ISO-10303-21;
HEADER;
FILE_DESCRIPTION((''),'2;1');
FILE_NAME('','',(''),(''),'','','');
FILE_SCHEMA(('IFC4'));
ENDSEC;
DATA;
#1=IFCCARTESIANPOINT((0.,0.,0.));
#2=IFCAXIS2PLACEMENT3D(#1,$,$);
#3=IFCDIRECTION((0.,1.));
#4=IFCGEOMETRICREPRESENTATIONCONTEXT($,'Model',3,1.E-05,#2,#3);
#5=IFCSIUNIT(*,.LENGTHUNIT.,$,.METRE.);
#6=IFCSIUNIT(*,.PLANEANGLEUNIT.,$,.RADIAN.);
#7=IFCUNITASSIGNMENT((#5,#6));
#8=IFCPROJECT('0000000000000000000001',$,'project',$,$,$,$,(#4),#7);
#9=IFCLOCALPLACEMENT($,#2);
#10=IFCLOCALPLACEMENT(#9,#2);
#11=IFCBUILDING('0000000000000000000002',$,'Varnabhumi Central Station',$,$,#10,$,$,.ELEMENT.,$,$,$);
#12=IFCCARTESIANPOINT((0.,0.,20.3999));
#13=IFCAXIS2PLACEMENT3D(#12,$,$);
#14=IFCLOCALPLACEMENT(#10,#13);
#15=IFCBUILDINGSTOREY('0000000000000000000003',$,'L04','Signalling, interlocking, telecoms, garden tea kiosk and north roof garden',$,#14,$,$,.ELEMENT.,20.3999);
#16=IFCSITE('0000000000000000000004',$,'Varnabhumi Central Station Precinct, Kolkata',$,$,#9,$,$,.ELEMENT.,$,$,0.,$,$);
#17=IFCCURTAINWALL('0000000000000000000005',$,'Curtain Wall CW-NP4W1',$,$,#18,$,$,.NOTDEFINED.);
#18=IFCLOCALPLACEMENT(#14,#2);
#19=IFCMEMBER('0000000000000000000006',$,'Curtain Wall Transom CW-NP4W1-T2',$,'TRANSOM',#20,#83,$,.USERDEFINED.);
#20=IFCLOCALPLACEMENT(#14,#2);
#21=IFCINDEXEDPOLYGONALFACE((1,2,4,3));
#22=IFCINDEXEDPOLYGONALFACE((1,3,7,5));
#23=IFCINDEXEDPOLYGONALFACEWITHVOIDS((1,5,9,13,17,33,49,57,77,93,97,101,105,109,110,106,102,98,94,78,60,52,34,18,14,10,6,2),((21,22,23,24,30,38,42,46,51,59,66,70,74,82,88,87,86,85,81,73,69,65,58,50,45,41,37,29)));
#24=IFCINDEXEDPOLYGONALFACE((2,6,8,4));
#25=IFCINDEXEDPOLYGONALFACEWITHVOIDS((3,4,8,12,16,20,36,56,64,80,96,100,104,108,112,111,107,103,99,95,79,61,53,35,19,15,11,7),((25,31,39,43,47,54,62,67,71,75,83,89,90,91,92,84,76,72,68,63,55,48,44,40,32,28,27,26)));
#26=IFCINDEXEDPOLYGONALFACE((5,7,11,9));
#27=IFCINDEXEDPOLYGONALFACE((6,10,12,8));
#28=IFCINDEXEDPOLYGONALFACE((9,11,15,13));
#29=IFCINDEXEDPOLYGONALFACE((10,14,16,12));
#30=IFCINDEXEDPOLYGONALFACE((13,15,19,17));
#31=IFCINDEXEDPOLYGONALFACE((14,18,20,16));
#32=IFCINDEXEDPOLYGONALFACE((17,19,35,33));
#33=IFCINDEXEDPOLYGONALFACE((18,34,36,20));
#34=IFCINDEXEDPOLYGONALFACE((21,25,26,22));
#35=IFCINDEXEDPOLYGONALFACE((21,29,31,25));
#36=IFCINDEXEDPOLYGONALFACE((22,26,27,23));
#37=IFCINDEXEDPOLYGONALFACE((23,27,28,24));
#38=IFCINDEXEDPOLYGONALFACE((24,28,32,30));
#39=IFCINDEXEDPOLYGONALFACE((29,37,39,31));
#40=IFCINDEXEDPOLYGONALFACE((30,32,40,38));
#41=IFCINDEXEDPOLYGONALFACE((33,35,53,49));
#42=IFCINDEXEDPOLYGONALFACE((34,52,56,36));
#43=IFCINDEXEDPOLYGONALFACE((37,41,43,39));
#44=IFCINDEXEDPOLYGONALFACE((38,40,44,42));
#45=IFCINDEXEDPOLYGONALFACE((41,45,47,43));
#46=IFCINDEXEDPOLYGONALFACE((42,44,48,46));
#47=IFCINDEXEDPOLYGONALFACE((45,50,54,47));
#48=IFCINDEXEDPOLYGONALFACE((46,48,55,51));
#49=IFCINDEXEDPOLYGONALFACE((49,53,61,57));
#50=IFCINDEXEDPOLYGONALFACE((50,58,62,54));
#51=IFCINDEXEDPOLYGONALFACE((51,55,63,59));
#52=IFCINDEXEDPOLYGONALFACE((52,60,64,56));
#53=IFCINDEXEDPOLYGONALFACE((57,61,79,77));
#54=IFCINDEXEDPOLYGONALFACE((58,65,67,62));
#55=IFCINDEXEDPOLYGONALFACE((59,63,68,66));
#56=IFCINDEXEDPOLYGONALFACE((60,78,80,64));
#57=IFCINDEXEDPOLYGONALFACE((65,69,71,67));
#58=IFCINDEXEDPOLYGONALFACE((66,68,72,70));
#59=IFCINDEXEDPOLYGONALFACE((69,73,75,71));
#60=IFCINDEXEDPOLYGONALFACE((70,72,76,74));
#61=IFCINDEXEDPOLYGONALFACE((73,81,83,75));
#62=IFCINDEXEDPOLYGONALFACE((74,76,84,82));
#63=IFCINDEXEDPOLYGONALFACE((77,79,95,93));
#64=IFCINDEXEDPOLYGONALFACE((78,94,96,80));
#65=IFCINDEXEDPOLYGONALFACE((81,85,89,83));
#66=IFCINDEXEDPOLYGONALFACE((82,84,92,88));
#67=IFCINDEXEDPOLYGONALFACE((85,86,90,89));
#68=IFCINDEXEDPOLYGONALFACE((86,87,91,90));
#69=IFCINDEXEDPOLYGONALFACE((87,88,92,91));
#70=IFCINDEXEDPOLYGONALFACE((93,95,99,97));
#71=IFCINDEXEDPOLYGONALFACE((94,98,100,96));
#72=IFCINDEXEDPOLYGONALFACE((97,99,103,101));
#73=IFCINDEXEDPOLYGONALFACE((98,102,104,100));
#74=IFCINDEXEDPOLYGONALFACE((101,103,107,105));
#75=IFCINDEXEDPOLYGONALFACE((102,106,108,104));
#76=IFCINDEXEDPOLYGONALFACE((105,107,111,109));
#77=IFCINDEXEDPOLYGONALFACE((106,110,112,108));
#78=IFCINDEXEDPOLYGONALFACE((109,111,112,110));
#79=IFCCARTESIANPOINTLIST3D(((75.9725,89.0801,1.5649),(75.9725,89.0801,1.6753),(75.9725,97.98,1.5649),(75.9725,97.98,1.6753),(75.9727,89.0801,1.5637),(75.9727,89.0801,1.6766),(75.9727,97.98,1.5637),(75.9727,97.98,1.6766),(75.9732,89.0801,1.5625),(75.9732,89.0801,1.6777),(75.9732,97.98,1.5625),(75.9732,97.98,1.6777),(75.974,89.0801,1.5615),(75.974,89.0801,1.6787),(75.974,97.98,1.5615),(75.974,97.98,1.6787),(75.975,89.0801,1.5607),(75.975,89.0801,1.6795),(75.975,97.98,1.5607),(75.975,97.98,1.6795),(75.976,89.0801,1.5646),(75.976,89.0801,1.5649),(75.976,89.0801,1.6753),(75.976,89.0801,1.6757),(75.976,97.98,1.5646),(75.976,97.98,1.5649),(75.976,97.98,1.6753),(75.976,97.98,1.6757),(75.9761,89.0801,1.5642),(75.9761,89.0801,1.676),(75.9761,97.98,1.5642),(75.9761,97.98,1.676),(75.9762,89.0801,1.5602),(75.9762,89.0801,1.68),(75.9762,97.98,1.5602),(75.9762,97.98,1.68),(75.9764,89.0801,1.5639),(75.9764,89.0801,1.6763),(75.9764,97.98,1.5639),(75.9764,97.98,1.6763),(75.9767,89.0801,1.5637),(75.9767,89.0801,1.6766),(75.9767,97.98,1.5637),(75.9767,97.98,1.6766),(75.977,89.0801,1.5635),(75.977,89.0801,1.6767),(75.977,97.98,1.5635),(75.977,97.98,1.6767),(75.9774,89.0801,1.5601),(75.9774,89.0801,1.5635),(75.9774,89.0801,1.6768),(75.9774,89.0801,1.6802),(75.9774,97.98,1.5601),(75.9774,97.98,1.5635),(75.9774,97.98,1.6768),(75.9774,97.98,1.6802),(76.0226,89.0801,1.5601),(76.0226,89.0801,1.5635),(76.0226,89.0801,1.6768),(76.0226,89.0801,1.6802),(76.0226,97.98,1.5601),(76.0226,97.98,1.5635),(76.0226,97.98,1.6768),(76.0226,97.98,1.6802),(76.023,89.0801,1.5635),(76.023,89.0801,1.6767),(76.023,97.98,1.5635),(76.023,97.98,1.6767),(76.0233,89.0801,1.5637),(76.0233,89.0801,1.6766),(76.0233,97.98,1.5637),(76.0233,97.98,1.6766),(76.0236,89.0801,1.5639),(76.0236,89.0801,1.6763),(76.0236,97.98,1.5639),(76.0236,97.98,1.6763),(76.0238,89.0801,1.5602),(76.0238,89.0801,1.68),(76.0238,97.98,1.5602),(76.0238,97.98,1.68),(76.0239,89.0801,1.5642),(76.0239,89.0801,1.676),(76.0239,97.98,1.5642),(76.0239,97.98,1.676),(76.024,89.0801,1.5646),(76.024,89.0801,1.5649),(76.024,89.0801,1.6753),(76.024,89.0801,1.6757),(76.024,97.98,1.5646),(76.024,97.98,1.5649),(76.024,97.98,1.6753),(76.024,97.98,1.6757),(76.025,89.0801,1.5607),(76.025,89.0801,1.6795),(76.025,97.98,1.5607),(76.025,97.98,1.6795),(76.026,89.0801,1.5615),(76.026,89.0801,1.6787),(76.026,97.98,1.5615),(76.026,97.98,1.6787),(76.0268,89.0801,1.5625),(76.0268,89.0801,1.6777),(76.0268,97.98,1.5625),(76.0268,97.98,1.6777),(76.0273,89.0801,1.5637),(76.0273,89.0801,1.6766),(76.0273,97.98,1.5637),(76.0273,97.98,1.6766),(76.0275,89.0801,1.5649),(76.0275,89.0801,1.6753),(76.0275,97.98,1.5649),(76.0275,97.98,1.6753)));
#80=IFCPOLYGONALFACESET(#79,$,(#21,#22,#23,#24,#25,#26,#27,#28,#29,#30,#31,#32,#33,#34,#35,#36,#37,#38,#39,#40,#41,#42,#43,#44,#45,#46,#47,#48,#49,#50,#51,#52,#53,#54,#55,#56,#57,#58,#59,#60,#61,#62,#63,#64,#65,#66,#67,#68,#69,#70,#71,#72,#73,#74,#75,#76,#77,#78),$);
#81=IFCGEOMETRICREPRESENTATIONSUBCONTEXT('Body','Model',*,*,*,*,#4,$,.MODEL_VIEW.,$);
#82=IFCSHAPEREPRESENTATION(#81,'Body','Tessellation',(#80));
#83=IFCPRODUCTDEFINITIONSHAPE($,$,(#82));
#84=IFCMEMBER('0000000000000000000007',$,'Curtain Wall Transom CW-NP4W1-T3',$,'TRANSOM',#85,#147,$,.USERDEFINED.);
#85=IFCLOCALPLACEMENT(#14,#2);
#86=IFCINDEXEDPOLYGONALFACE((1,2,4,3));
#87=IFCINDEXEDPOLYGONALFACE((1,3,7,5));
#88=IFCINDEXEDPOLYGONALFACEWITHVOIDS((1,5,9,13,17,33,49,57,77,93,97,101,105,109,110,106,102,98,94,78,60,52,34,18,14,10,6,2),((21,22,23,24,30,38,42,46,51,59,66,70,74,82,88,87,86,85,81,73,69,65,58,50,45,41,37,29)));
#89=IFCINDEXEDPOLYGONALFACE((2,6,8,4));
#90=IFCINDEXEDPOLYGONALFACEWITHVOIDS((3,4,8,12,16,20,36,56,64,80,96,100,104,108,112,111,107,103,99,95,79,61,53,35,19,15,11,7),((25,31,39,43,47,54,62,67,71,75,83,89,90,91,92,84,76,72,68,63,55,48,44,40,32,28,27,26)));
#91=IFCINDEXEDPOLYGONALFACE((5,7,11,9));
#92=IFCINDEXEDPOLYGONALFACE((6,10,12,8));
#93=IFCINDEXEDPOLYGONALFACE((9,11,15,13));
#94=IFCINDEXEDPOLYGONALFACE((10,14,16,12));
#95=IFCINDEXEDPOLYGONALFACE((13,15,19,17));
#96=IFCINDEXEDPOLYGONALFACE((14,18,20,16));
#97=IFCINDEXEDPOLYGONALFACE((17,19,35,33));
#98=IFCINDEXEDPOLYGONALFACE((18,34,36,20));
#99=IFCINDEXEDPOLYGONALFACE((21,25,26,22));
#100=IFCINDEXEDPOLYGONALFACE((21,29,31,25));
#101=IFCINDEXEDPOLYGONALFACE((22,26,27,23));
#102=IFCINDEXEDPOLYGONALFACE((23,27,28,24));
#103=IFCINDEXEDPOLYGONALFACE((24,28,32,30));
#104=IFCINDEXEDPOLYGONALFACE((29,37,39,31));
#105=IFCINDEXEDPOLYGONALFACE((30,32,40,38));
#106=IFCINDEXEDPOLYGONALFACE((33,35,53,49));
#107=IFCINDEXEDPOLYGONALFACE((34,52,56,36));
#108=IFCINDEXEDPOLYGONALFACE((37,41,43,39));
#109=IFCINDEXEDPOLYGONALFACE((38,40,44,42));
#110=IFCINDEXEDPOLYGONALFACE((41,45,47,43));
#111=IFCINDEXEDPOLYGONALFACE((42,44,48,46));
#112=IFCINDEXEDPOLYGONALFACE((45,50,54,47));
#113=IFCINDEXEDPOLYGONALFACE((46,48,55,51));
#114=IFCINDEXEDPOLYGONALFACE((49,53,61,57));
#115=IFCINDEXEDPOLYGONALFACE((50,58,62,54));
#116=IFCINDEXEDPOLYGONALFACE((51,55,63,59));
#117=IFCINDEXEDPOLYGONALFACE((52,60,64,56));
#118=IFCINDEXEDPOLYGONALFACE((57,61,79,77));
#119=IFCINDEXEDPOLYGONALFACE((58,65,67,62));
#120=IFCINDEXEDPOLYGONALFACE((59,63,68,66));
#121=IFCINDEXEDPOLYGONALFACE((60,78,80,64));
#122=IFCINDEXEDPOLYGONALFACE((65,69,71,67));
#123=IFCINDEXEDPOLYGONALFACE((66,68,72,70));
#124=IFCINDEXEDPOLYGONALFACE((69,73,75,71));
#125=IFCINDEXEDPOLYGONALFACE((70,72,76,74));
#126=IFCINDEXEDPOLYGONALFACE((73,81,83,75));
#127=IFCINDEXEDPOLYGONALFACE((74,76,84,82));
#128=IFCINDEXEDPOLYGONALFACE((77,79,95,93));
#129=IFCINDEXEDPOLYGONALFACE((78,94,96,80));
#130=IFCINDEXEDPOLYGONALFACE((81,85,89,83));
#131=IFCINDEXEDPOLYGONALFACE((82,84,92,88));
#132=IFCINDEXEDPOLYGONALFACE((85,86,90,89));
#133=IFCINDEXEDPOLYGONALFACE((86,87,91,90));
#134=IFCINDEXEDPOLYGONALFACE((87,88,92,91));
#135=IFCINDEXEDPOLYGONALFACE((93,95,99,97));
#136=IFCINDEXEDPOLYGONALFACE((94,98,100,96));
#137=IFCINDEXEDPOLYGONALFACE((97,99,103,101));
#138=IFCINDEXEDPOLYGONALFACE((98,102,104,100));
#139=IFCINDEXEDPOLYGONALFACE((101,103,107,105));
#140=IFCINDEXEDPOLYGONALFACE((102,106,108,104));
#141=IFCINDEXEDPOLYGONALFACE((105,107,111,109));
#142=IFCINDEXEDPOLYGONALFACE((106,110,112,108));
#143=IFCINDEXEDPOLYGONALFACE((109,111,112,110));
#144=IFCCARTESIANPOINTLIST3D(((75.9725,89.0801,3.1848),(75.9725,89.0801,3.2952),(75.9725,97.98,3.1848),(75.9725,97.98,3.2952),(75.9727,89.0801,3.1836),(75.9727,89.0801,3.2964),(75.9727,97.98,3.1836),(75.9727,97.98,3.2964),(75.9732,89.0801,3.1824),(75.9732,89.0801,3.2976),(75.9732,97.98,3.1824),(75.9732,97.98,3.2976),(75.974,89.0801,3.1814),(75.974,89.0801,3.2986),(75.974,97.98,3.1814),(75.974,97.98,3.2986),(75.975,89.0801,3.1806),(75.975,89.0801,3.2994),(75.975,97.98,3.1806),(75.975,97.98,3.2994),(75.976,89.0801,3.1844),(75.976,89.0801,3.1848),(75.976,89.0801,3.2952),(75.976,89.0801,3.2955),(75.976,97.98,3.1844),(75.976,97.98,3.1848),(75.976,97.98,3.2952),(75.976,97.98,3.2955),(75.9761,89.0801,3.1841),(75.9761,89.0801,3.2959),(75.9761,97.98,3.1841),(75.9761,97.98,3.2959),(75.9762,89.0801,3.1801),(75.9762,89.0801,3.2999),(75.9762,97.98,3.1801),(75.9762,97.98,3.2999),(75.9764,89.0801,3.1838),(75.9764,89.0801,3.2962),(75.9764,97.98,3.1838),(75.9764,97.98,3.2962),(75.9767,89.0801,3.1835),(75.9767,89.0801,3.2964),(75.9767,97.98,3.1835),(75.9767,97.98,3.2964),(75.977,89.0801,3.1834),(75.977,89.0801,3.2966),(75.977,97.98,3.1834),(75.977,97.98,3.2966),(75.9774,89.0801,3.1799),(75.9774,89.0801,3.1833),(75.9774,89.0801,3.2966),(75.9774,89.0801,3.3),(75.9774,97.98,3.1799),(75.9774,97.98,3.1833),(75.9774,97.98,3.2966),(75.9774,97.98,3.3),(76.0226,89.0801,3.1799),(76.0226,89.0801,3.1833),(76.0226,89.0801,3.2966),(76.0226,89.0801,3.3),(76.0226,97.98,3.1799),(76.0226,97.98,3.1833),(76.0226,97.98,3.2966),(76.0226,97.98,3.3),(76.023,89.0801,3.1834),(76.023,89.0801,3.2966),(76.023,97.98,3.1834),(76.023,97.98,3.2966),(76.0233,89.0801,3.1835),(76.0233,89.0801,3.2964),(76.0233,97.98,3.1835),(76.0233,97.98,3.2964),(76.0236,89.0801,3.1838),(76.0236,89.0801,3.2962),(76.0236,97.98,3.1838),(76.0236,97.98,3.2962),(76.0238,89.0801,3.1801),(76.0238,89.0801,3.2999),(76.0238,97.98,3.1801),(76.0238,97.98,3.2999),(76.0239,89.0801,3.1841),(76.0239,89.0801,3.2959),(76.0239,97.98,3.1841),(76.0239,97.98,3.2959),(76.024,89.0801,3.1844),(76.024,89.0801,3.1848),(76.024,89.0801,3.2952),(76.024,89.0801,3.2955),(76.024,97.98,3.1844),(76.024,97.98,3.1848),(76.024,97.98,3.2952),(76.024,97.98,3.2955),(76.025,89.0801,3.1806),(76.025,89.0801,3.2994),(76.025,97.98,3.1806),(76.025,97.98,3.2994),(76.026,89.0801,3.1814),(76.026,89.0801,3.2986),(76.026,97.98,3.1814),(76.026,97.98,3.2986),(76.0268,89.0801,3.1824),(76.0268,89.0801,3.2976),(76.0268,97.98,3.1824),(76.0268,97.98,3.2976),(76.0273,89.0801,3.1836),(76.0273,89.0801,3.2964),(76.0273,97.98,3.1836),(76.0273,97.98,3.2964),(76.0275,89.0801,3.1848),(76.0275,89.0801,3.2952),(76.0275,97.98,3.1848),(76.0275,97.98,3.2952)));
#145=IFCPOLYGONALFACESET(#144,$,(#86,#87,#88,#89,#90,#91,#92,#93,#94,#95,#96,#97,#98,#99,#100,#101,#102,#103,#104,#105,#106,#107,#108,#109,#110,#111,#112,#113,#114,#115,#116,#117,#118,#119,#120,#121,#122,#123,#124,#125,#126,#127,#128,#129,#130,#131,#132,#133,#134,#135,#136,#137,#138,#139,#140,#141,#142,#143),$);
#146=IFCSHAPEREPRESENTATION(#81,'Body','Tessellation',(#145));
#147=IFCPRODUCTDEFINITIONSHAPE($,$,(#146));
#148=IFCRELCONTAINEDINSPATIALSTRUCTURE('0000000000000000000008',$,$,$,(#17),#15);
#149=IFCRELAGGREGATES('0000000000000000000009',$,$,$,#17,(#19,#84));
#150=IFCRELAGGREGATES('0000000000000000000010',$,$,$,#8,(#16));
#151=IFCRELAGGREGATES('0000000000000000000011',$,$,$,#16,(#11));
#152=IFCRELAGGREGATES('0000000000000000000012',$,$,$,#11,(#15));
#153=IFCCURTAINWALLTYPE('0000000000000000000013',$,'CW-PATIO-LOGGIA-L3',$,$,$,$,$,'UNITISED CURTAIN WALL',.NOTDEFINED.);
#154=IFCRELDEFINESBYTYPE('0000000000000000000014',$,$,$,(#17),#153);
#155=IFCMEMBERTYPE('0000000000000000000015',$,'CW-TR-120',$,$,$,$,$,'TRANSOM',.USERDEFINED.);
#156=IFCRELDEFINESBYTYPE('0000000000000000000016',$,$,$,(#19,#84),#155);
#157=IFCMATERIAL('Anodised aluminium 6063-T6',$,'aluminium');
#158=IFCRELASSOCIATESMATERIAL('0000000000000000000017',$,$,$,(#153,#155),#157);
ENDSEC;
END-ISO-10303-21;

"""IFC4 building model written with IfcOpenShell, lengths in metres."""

from ifc_helpers import new_model, si_unit, direction, frame, origin, origin_2d, place, context, subcontext, project, spatial, hollow_rectangle, extrude, material, material_profile, profile_set, type_object, element, aggregate, save


model = new_model("IFC4")

# Units and contexts
model_context = context("Model", 3, precision=1e-05, world=origin(), true_north=direction((0.0, 1.0)))
body_context = subcontext(model_context, "Body", "Model", "MODEL_VIEW")
ifc_project = project(units=[si_unit("LENGTHUNIT", "METRE"), si_unit("PLANEANGLEUNIT", "RADIAN")], contexts=[model_context])

# Site, building, storey
site_placement = place(None, origin())
site = spatial("IfcSite", under=ifc_project, at=site_placement, Name="Varnabhumi Central Station Precinct, Kolkata", CompositionType="ELEMENT", RefElevation=0.0)
building_placement = place(site_placement, origin())
building = spatial("IfcBuilding", under=site, at=building_placement, Name="Varnabhumi Central Station", CompositionType="ELEMENT")
storey_placement = place(building_placement, frame((0.0, 0.0, 20.3999)))
storey = spatial("IfcBuildingStorey", under=building, at=storey_placement, Name="L04", Description="Signalling, interlocking, telecoms, garden tea kiosk and north roof garden", CompositionType="ELEMENT", Elevation=20.3999)

# Curtain wall
ifc_material_1 = material(Name="Anodised aluminium 6063-T6", Category="aluminium")
curtain_wall_type = type_object("IfcCurtainWallType", Name="CW-PATIO-LOGGIA-L3", ElementType="UNITISED CURTAIN WALL", PredefinedType="NOTDEFINED", material=ifc_material_1)
curtain_wall_1_placement = place(storey_placement, origin())
curtain_wall_1 = element("IfcCurtainWall", 1, at=curtain_wall_1_placement, inside=storey, type_object=curtain_wall_type, Name="Curtain Wall CW-NP4W1", PredefinedType="NOTDEFINED")

# Members
ifc_material_profile_1 = material_profile(ifc_material_1, hollow_rectangle(XDim=0.0549, YDim=0.1201, WallThickness=0.0034, InnerFilletRadius=0.0015, OuterFilletRadius=0.0049, at=origin_2d()), Name="Anodised aluminium 6063-T6", Category="aluminium")
ifc_profile_set_1 = profile_set([ifc_material_profile_1], Name="Anodised aluminium 6063-T6")
member_type_1 = type_object("IfcMemberType", Name="CW-TR-120", ElementType="TRANSOM", PredefinedType="USERDEFINED", material=ifc_profile_set_1)
member_1_placement = place(storey_placement, frame((76.0, 89.0801, 1.6201), z_axis=(0.0, 1.0, 0.0), x_axis=(-1.0, 0.0, 0.0)))
member_1 = element("IfcMember", 2, at=member_1_placement, type_object=member_type_1, Name="Curtain Wall Transom CW-NP4W1-T2", ObjectType="TRANSOM", PredefinedType="USERDEFINED", context=body_context, shape_type="SweptSolid", body=[
    extrude(hollow_rectangle(XDim=0.0549, YDim=0.1201, WallThickness=0.0034, InnerFilletRadius=0.0015, OuterFilletRadius=0.0049, at=origin_2d()), origin(), (0.0, 0.0, 1.0), 8.8999),
])
member_2_placement = place(storey_placement, frame((76.0, 89.0801, 3.24), z_axis=(0.0, 1.0, 0.0), x_axis=(-1.0, 0.0, 0.0)))
member_2 = element("IfcMember", 3, at=member_2_placement, type_object=member_type_1, Name="Curtain Wall Transom CW-NP4W1-T3", ObjectType="TRANSOM", PredefinedType="USERDEFINED", context=body_context, shape_type="SweptSolid", body=[
    extrude(hollow_rectangle(XDim=0.0549, YDim=0.1201, WallThickness=0.0034, InnerFilletRadius=0.0015, OuterFilletRadius=0.0049, at=origin_2d()), origin(), (0.0, 0.0, 1.0), 8.8999),
])

aggregate(curtain_wall_1, [member_1, member_2])

save(model, "model.ifc")
